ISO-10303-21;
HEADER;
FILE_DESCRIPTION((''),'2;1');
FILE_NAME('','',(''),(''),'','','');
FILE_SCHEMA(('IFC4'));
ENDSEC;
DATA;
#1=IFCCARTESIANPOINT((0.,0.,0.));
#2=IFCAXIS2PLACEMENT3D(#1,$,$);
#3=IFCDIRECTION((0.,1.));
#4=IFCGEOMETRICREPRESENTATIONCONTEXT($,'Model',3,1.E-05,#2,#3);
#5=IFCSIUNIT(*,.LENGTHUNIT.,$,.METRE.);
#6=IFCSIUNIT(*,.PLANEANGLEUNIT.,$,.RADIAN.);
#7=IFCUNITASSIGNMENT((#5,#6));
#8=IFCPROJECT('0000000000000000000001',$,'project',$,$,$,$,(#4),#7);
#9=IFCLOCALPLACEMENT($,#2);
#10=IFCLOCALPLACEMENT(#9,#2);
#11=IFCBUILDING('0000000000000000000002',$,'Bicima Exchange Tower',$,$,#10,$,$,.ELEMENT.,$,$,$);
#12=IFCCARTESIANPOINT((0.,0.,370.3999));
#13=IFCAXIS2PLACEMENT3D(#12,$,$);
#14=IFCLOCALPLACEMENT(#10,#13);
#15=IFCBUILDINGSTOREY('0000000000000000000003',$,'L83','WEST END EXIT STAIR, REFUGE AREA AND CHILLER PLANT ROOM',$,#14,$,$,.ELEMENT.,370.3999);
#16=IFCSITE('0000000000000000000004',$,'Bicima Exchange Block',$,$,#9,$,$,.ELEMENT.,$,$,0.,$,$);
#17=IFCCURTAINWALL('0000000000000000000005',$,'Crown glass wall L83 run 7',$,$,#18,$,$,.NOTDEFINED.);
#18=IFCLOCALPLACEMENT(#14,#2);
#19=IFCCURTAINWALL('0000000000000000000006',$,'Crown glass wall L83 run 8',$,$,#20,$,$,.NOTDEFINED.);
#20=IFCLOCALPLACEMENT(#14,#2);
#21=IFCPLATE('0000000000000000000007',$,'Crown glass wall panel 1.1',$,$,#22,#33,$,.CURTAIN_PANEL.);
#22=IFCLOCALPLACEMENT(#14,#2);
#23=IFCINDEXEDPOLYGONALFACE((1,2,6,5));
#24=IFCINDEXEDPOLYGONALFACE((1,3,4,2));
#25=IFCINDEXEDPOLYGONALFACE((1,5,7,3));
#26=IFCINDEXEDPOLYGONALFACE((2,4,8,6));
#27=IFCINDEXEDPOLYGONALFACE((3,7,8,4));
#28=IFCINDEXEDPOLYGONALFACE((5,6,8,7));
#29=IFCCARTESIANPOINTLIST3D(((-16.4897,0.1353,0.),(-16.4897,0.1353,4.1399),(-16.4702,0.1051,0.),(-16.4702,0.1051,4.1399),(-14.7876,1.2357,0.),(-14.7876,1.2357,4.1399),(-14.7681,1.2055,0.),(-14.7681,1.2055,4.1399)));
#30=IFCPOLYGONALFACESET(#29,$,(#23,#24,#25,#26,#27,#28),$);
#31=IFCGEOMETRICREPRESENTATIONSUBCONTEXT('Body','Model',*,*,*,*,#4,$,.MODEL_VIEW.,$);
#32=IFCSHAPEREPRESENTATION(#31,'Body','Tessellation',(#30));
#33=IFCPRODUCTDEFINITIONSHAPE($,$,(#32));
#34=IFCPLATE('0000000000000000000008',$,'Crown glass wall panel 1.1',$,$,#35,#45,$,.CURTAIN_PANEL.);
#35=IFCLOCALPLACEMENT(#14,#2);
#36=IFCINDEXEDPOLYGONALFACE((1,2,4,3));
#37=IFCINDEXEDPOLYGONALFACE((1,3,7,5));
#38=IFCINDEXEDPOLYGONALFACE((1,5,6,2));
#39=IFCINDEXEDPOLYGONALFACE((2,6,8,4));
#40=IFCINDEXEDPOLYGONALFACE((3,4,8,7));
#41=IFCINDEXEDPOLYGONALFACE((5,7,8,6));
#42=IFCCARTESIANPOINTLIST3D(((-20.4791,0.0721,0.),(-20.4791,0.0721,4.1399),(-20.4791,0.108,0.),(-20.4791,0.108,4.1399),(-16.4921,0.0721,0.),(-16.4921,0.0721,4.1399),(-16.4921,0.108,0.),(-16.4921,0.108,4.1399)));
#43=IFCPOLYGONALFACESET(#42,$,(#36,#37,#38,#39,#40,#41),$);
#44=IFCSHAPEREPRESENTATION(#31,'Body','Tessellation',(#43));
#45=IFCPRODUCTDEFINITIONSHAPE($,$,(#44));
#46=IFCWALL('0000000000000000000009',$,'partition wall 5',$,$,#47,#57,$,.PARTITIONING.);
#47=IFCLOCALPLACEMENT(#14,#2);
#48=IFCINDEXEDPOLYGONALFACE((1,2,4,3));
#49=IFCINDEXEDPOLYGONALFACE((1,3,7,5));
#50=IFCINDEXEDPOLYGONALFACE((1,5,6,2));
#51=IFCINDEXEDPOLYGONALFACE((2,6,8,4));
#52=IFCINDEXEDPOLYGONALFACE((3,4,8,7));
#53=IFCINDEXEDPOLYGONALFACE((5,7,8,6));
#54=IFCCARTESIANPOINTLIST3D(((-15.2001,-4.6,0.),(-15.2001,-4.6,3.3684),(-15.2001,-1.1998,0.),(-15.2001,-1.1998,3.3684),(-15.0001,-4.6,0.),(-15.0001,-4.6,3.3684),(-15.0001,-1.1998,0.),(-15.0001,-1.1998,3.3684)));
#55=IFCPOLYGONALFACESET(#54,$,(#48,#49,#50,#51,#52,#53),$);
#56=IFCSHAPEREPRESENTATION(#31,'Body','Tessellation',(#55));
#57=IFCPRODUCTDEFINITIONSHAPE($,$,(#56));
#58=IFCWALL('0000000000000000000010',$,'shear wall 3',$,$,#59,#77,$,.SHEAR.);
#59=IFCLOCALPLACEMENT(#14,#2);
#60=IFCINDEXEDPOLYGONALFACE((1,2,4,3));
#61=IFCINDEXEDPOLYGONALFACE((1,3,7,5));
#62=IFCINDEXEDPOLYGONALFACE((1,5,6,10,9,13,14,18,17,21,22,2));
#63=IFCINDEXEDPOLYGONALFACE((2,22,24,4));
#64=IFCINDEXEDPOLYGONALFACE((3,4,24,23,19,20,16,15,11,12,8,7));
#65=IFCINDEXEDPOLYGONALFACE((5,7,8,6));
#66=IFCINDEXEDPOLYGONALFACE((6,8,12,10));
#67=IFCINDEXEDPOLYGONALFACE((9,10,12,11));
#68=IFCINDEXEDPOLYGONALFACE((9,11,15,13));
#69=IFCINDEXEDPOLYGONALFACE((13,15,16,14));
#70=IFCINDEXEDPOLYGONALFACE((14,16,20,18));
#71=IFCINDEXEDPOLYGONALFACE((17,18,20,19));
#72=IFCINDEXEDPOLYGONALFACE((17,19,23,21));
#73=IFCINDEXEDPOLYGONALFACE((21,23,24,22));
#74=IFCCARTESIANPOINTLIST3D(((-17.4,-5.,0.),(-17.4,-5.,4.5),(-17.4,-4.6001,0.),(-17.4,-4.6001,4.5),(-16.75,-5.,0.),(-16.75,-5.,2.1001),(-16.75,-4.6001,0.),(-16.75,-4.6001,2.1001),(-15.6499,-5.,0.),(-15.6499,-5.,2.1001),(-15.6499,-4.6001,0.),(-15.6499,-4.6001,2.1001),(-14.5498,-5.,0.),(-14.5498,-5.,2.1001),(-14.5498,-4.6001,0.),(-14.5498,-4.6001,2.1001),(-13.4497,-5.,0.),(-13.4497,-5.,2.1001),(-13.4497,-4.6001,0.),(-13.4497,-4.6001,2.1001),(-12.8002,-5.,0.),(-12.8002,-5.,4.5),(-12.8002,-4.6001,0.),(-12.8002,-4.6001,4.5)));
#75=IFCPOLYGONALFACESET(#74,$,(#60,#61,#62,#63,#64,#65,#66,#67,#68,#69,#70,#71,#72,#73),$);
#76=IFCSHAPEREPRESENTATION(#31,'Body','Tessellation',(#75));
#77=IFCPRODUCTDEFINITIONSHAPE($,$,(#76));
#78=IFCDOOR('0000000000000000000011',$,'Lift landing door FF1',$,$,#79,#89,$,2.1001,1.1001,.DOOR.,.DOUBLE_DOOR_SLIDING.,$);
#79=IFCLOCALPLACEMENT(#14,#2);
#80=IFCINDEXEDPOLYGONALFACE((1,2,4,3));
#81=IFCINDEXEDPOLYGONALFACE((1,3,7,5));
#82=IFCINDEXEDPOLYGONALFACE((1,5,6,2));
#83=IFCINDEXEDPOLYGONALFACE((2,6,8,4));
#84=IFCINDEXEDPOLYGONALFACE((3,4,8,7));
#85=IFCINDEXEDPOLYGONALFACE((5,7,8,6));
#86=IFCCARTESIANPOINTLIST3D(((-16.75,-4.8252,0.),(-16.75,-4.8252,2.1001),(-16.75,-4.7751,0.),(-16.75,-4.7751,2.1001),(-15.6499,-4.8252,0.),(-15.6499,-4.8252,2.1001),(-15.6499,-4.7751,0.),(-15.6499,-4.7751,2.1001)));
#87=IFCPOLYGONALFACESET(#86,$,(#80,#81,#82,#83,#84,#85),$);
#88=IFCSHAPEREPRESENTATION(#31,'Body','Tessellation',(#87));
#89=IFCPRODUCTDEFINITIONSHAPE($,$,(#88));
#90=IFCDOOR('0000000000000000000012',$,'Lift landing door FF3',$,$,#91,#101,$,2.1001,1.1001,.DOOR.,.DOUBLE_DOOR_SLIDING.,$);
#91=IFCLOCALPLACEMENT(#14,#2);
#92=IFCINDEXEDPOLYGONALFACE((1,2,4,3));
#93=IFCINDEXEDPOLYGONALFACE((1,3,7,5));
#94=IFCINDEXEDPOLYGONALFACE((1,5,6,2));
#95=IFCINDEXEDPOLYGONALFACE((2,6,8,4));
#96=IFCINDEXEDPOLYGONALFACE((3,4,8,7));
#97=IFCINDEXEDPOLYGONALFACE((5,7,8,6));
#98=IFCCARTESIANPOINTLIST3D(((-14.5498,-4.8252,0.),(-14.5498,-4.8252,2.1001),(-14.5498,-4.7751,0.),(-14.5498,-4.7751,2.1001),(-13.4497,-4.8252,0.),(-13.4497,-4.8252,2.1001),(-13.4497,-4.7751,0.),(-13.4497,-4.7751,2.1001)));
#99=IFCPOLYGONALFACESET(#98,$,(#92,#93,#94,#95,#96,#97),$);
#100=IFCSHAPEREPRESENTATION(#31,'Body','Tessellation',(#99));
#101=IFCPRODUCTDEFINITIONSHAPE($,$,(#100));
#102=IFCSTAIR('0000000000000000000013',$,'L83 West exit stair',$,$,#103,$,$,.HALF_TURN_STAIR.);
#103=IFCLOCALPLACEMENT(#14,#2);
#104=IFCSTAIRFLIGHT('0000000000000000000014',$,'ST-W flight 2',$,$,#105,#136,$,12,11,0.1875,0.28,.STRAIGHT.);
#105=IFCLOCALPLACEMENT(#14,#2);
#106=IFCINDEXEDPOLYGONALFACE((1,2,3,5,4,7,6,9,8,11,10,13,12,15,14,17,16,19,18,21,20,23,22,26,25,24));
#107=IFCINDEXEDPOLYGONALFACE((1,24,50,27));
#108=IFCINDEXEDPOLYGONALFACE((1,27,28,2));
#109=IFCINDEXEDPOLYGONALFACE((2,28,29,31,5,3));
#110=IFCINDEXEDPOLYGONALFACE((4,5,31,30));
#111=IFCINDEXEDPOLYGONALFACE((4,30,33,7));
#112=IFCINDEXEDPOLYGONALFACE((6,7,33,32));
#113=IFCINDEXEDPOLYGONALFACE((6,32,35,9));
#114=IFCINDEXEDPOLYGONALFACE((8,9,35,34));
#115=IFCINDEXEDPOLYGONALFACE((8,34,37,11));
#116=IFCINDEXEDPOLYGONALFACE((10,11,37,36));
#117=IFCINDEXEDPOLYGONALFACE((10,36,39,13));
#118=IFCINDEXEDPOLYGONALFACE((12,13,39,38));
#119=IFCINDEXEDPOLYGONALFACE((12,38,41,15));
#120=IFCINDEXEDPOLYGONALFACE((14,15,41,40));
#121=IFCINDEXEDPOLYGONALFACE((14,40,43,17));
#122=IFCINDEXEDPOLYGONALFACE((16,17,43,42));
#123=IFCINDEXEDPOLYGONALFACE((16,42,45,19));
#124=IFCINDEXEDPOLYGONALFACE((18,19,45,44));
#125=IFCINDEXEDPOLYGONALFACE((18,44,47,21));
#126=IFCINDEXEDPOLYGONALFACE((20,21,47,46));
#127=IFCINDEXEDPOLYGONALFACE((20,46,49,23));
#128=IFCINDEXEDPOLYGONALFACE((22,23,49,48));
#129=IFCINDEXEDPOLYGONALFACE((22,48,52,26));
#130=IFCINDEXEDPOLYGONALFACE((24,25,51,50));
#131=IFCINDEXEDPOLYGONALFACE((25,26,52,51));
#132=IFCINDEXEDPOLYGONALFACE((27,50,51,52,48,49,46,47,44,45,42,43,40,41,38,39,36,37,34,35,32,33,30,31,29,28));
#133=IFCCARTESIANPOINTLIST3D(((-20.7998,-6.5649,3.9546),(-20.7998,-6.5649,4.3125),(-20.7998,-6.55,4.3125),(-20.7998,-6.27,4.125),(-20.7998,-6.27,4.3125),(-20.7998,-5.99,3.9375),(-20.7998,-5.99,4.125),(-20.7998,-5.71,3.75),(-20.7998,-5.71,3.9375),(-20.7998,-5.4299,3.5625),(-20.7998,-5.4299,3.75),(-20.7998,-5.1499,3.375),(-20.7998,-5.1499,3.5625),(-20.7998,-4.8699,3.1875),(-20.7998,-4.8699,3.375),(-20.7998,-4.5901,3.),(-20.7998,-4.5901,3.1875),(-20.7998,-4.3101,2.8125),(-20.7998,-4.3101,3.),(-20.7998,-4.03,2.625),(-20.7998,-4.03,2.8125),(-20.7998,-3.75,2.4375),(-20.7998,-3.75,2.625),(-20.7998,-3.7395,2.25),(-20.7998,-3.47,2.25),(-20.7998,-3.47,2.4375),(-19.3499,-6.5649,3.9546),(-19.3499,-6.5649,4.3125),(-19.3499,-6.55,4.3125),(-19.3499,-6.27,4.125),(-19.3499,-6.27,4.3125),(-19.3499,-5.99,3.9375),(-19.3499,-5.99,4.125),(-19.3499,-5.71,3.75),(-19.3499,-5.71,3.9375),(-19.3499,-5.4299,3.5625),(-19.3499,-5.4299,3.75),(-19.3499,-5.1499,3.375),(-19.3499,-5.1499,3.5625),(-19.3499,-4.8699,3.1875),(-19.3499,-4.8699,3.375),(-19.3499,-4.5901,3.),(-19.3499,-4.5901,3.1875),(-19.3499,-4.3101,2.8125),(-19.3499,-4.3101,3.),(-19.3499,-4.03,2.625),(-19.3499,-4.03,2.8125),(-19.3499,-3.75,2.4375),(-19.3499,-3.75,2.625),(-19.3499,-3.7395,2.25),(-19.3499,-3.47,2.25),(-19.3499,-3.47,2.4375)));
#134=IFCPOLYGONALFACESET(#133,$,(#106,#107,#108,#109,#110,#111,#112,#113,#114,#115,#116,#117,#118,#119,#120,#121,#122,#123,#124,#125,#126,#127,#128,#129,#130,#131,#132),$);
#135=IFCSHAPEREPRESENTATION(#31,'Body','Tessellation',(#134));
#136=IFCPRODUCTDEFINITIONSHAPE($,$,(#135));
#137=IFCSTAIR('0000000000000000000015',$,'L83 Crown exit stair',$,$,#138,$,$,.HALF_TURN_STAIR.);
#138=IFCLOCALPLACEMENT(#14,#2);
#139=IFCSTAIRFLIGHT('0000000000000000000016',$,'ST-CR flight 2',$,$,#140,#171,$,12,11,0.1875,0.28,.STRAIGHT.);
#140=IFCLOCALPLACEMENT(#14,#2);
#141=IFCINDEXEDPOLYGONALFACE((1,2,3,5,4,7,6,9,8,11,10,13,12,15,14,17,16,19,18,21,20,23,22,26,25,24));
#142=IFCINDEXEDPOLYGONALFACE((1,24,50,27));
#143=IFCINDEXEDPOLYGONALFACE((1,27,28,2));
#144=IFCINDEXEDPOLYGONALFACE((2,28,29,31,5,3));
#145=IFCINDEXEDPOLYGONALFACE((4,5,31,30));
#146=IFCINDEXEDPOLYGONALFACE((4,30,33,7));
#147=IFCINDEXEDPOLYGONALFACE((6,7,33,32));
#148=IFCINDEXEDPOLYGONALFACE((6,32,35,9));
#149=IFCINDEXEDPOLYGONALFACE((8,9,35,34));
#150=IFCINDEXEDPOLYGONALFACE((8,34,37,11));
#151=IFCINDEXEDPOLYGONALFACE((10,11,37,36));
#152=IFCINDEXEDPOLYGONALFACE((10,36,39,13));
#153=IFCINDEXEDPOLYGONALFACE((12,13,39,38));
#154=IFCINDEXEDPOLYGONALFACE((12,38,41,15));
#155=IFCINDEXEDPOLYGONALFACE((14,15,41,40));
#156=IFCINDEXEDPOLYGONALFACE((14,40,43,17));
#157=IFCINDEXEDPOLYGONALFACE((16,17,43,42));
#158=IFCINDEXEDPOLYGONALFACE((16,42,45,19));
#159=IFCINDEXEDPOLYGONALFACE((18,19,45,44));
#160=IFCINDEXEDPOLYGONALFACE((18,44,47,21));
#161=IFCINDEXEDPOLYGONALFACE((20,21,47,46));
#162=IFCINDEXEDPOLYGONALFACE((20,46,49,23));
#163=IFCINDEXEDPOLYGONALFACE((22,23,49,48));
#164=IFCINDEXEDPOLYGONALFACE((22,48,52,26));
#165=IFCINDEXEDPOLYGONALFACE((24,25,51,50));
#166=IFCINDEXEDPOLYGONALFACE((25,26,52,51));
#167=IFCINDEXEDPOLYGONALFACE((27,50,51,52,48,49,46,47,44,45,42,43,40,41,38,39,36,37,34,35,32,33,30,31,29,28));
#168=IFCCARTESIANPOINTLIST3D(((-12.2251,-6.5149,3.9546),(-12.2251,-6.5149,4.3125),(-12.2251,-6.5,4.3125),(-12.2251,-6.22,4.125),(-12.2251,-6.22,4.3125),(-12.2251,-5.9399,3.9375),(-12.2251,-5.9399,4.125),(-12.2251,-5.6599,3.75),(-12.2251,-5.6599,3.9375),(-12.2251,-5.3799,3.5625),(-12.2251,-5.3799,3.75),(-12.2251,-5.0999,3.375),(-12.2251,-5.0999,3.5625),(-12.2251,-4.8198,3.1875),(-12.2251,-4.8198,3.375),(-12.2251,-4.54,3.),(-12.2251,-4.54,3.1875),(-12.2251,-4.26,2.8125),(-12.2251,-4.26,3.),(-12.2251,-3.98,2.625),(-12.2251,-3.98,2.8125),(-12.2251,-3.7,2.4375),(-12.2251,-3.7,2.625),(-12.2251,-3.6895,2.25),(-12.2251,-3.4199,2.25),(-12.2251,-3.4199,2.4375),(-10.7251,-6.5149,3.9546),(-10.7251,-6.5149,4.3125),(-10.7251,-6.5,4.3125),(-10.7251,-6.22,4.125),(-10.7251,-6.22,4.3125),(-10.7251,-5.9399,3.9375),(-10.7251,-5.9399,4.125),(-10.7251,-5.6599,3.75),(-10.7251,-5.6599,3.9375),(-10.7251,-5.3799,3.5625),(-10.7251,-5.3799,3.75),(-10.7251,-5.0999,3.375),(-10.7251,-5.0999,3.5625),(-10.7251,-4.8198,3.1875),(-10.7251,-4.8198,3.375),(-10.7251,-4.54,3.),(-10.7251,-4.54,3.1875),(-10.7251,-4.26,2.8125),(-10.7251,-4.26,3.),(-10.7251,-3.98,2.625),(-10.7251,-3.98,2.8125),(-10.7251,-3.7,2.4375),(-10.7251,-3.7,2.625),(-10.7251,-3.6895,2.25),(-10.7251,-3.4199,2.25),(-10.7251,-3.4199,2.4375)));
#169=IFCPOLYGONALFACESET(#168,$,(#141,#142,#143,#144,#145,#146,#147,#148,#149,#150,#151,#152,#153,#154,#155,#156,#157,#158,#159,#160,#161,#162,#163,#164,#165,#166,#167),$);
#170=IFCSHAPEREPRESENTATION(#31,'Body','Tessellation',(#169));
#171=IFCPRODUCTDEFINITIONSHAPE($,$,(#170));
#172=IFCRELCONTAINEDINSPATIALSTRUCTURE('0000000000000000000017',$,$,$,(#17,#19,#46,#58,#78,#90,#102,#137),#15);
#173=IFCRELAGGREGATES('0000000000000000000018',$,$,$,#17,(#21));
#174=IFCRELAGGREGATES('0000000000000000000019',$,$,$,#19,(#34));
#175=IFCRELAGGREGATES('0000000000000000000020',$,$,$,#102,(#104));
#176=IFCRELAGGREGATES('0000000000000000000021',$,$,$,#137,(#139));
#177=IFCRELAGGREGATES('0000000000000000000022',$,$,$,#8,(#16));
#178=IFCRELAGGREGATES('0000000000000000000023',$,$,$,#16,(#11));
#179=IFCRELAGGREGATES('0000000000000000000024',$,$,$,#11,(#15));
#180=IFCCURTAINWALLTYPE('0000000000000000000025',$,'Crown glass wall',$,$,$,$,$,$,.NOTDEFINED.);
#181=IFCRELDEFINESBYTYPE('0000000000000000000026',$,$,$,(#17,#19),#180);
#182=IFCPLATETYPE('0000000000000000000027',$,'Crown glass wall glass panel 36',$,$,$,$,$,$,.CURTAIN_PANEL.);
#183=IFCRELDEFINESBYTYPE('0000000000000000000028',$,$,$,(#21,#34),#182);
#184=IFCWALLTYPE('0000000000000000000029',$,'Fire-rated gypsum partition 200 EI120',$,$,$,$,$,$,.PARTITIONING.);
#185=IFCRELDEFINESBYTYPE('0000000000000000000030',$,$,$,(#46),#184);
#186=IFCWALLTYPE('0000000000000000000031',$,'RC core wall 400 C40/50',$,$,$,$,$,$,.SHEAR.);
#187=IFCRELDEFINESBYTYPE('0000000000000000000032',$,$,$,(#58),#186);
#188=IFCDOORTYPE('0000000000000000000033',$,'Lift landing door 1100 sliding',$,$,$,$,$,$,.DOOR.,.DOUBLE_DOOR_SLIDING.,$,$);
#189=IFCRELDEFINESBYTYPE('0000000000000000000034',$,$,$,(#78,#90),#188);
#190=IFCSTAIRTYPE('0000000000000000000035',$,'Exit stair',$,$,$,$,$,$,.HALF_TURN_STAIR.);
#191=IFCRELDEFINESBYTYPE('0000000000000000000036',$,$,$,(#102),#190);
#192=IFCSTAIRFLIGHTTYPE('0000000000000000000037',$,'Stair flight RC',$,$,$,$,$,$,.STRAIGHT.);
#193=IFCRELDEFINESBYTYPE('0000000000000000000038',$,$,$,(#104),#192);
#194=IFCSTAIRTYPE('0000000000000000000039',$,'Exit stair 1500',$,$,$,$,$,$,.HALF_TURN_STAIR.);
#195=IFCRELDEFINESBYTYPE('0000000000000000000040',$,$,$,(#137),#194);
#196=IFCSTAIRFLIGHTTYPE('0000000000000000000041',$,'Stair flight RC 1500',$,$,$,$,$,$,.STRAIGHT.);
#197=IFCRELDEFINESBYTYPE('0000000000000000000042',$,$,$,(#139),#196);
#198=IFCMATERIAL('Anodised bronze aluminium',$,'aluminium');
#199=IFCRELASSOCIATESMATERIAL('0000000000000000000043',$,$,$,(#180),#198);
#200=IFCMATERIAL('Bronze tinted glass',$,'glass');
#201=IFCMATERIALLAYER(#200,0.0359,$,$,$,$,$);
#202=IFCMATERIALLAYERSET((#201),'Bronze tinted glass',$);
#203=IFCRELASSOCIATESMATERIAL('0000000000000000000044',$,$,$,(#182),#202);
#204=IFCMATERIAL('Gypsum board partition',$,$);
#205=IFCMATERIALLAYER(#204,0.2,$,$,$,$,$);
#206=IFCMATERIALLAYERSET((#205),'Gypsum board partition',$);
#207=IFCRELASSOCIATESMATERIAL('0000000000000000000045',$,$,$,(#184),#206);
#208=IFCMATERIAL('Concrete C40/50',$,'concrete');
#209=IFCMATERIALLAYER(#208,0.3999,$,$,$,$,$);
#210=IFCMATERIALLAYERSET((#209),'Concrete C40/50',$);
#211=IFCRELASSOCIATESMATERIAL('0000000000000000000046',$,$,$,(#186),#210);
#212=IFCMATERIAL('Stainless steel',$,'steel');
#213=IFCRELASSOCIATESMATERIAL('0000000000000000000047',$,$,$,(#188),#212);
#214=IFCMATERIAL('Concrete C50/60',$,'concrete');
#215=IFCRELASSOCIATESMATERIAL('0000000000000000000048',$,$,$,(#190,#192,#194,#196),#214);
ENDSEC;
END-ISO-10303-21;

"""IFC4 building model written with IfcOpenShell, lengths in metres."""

from ifc_helpers import new_model, si_unit, direction, frame, frame_2d, origin, origin_2d, place, context, subcontext, project, spatial, polyline, rectangle, outline, extrude, material, layer, layer_set, type_object, element, fill, aggregate, save


model = new_model("IFC4")

# Units and contexts
model_context = context("Model", 3, precision=1e-05, world=origin(), true_north=direction((0.0, 1.0)))
body_context = subcontext(model_context, "Body", "Model", "MODEL_VIEW")
ifc_project = project(units=[si_unit("LENGTHUNIT", "METRE"), si_unit("PLANEANGLEUNIT", "RADIAN")], contexts=[model_context])

# Site, building, storey
site_placement = place(None, origin())
site = spatial("IfcSite", under=ifc_project, at=site_placement, Name="Bicima Exchange Block", CompositionType="ELEMENT", RefElevation=0.0)
building_placement = place(site_placement, origin())
building = spatial("IfcBuilding", under=site, at=building_placement, Name="Bicima Exchange Tower", CompositionType="ELEMENT")
storey_placement = place(building_placement, frame((0.0, 0.0, 370.3999)))
storey = spatial("IfcBuildingStorey", under=building, at=storey_placement, Name="L83", Description="WEST END EXIT STAIR, REFUGE AREA AND CHILLER PLANT ROOM", CompositionType="ELEMENT", Elevation=370.3999)

# Curtain walls
ifc_material_1 = material(Name="Anodised bronze aluminium", Category="aluminium")
curtain_wall_type = type_object("IfcCurtainWallType", Name="Crown glass wall", PredefinedType="NOTDEFINED", material=ifc_material_1)
curtain_wall_1_placement = place(storey_placement, origin())
curtain_wall_1 = element("IfcCurtainWall", 1, at=curtain_wall_1_placement, inside=storey, type_object=curtain_wall_type, Name="Crown glass wall L83 run 7", PredefinedType="NOTDEFINED")
curtain_wall_2_placement = place(storey_placement, origin())
curtain_wall_2 = element("IfcCurtainWall", 2, at=curtain_wall_2_placement, inside=storey, type_object=curtain_wall_type, Name="Crown glass wall L83 run 8", PredefinedType="NOTDEFINED")

# Plates
ifc_material_2 = material(Name="Bronze tinted glass", Category="glass")
ifc_layer_1 = layer(ifc_material_2, 0.0359)
ifc_layer_set_1 = layer_set([ifc_layer_1], Name="Bronze tinted glass")
plate_type = type_object("IfcPlateType", Name="Crown glass wall glass panel 36", PredefinedType="CURTAIN_PANEL", material=ifc_layer_set_1)
plate_1_placement = place(storey_placement, frame((-15.6289, 0.6704, 0.0), z_axis=(0.0, 0.0, 1.0), x_axis=(-0.83979, -0.542911, 0.0)))
plate_1 = element("IfcPlate", 3, at=plate_1_placement, type_object=plate_type, Name="Crown glass wall panel 1.1", PredefinedType="CURTAIN_PANEL", context=body_context, shape_type="SweptSolid", body=[
    extrude(rectangle(XDim=2.0269, YDim=0.0359, at=origin_2d()), origin(), (0.0, 0.0, 1.0), 4.1399),
])
aggregate(curtain_wall_1, [plate_1])
plate_2_placement = place(storey_placement, frame((-18.4856, 0.0901, 0.0), z_axis=(0.0, 0.0, 1.0), x_axis=(-1.0, 0.0, 0.0)))
plate_2 = element("IfcPlate", 4, at=plate_2_placement, type_object=plate_type, Name="Crown glass wall panel 1.1", PredefinedType="CURTAIN_PANEL", context=body_context, shape_type="SweptSolid", body=[
    extrude(rectangle(XDim=3.9871, YDim=0.0359, at=origin_2d()), origin(), (0.0, 0.0, 1.0), 4.1399),
])
aggregate(curtain_wall_2, [plate_2])

# Wall
ifc_material_3 = material(Name="Gypsum board partition")
ifc_layer_2 = layer(ifc_material_3, 0.2)
ifc_layer_set_2 = layer_set([ifc_layer_2], Name="Gypsum board partition")
wall_type_1 = type_object("IfcWallType", Name="Fire-rated gypsum partition 200 EI120", PredefinedType="PARTITIONING", material=ifc_layer_set_2)
wall_1_placement = place(storey_placement, frame((-15.1001, -4.6001, 0.0), z_axis=(0.0, 0.0, 1.0), x_axis=(0.0, 1.0, 0.0)))
element("IfcWall", 5, at=wall_1_placement, inside=storey, type_object=wall_type_1, Name="partition wall 5", PredefinedType="PARTITIONING", context=body_context, shape_type="SweptSolid", body=[
    extrude(rectangle(XDim=3.4001, YDim=0.2, at=frame_2d((1.7002, 0.0))), origin(), (0.0, 0.0, 1.0), 3.3684),
])

# Wall, openings, doors
ifc_material_4 = material(Name="Concrete C40/50", Category="concrete")
ifc_layer_3 = layer(ifc_material_4, 0.3999)
ifc_layer_set_3 = layer_set([ifc_layer_3], Name="Concrete C40/50")
wall_type_2 = type_object("IfcWallType", Name="RC core wall 400 C40/50", PredefinedType="SHEAR", material=ifc_layer_set_3)
wall_2_placement = place(storey_placement, frame((-17.3999, -4.8, 0.0), z_axis=(0.0, 0.0, 1.0), x_axis=(1.0, 0.0, 0.0)))
wall_2 = element("IfcWall", 6, at=wall_2_placement, inside=storey, type_object=wall_type_2, Name="shear wall 3", PredefinedType="SHEAR", context=body_context, shape_type="SweptSolid", body=[
    extrude(rectangle(XDim=4.5999, YDim=0.3999, at=frame_2d((2.2998, 0.0))), origin(), (0.0, 0.0, 1.0), 4.5),
])
opening_1_placement = place(wall_2_placement, frame((0.6499, 0.0, 0.0)))
opening_1 = element("IfcOpeningElement", 7, at=opening_1_placement, cuts=wall_2, PredefinedType="OPENING", context=body_context, shape_type="SweptSolid", body=[
    extrude(rectangle(XDim=1.1001, YDim=2.1001, at=frame_2d((0.55, 1.05))), frame((0.0, 0.2119, 0.0), z_axis=(0.0, -1.0, 0.0), x_axis=(1.0, 0.0, 0.0)), (0.0, 0.0, 1.0), 0.4238),
])
opening_2_placement = place(wall_2_placement, frame((2.8501, 0.0, 0.0)))
opening_2 = element("IfcOpeningElement", 8, at=opening_2_placement, cuts=wall_2, PredefinedType="OPENING", context=body_context, shape_type="SweptSolid", body=[
    extrude(rectangle(XDim=1.1001, YDim=2.1001, at=frame_2d((0.55, 1.05))), frame((0.0, 0.2119, 0.0), z_axis=(0.0, -1.0, 0.0), x_axis=(1.0, 0.0, 0.0)), (0.0, 0.0, 1.0), 0.4238),
])
ifc_material_5 = material(Name="Stainless steel", Category="steel")
door_type = type_object("IfcDoorType", Name="Lift landing door 1100 sliding", OperationType="DOUBLE_DOOR_SLIDING", PredefinedType="DOOR", material=ifc_material_5)
door_1_placement = place(opening_1_placement, origin())
door_1 = element("IfcDoor", 9, at=door_1_placement, inside=storey, type_object=door_type, Name="Lift landing door FF1", OperationType="DOUBLE_DOOR_SLIDING", OverallHeight=2.1001, OverallWidth=1.1001, PredefinedType="DOOR", context=body_context, shape_type="SweptSolid", body=[
    extrude(rectangle(XDim=1.1001, YDim=2.1001, at=frame_2d((0.55, 1.05))), frame((0.0, 0.0249, 0.0), z_axis=(0.0, -1.0, 0.0), x_axis=(1.0, 0.0, 0.0)), (0.0, 0.0, 1.0), 0.05),
])
fill(opening_1, door_1)
door_2_placement = place(opening_2_placement, origin())
door_2 = element("IfcDoor", 10, at=door_2_placement, inside=storey, type_object=door_type, Name="Lift landing door FF3", OperationType="DOUBLE_DOOR_SLIDING", OverallHeight=2.1001, OverallWidth=1.1001, PredefinedType="DOOR", context=body_context, shape_type="SweptSolid", body=[
    extrude(rectangle(XDim=1.1001, YDim=2.1001, at=frame_2d((0.55, 1.05))), frame((0.0, 0.0249, 0.0), z_axis=(0.0, -1.0, 0.0), x_axis=(1.0, 0.0, 0.0)), (0.0, 0.0, 1.0), 0.05),
])
fill(opening_2, door_2)

# Stairs, stair flights
ifc_material_6 = material(Name="Concrete C50/60", Category="concrete")
stair_type_1 = type_object("IfcStairType", Name="Exit stair", PredefinedType="HALF_TURN_STAIR", material=ifc_material_6)
stair_1_placement = place(storey_placement, origin())
stair_1 = element("IfcStair", 11, at=stair_1_placement, inside=storey, type_object=stair_type_1, Name="L83 West exit stair", PredefinedType="HALF_TURN_STAIR")
stair_flight_type_1 = type_object("IfcStairFlightType", Name="Stair flight RC", PredefinedType="STRAIGHT", material=ifc_material_6)
stair_flight_1_placement = place(storey_placement, frame((-20.075, -3.47, 2.25), z_axis=(0.0, 0.0, 1.0), x_axis=(0.0, -1.0, 0.0)))
stair_flight_1 = element("IfcStairFlight", 12, at=stair_flight_1_placement, type_object=stair_flight_type_1, Name="ST-W flight 2", NumberOfRisers=12, NumberOfTreads=11, PredefinedType="STRAIGHT", RiserHeight=0.1875, TreadLength=0.28, context=body_context, shape_type="SweptSolid", body=[
    extrude(outline(polyline([(0.0, 0.0), (0.0, 0.1875), (0.28, 0.1875), (0.28, 0.375), (0.5601, 0.375), (0.5601, 0.5625), (0.8401, 0.5625), (0.8401, 0.75), (1.1201, 0.75), (1.1201, 0.9375), (1.3999, 0.9375), (1.3999, 1.125), (1.6799, 1.125), (1.6799, 1.3125), (1.96, 1.3125), (1.96, 1.5), (2.24, 1.5), (2.24, 1.6875), (2.52, 1.6875), (2.52, 1.875), (2.8, 1.875), (2.8, 2.0625), (3.0801, 2.0625), (3.095, 2.0625), (3.095, 1.7046), (0.2695, 0.0), (0.0, 0.0)])), frame((0.0, 0.7251, 0.0), z_axis=(0.0, -1.0, 0.0), x_axis=(1.0, 0.0, 0.0)), (0.0, 0.0, 1.0), 1.45),
])
aggregate(stair_1, [stair_flight_1])
stair_type_2 = type_object("IfcStairType", Name="Exit stair 1500", PredefinedType="HALF_TURN_STAIR", material=ifc_material_6)
stair_2_placement = place(storey_placement, origin())
stair_2 = element("IfcStair", 13, at=stair_2_placement, inside=storey, type_object=stair_type_2, Name="L83 Crown exit stair", PredefinedType="HALF_TURN_STAIR")
stair_flight_type_2 = type_object("IfcStairFlightType", Name="Stair flight RC 1500", PredefinedType="STRAIGHT", material=ifc_material_6)
stair_flight_2_placement = place(storey_placement, frame((-11.4751, -3.4199, 2.25), z_axis=(0.0, 0.0, 1.0), x_axis=(0.0, -1.0, 0.0)))
stair_flight_2 = element("IfcStairFlight", 14, at=stair_flight_2_placement, type_object=stair_flight_type_2, Name="ST-CR flight 2", NumberOfRisers=12, NumberOfTreads=11, PredefinedType="STRAIGHT", RiserHeight=0.1875, TreadLength=0.28, context=body_context, shape_type="SweptSolid", body=[
    extrude(outline(polyline([(0.0, 0.0), (0.0, 0.1875), (0.28, 0.1875), (0.28, 0.375), (0.5601, 0.375), (0.5601, 0.5625), (0.8401, 0.5625), (0.8401, 0.75), (1.1201, 0.75), (1.1201, 0.9375), (1.3999, 0.9375), (1.3999, 1.125), (1.6799, 1.125), (1.6799, 1.3125), (1.96, 1.3125), (1.96, 1.5), (2.24, 1.5), (2.24, 1.6875), (2.52, 1.6875), (2.52, 1.875), (2.8, 1.875), (2.8, 2.0625), (3.0801, 2.0625), (3.095, 2.0625), (3.095, 1.7046), (0.2695, 0.0), (0.0, 0.0)])), frame((0.0, 0.75, 0.0), z_axis=(0.0, -1.0, 0.0), x_axis=(1.0, 0.0, 0.0)), (0.0, 0.0, 1.0), 1.5),
])
aggregate(stair_2, [stair_flight_2])

save(model, "model.ifc")
